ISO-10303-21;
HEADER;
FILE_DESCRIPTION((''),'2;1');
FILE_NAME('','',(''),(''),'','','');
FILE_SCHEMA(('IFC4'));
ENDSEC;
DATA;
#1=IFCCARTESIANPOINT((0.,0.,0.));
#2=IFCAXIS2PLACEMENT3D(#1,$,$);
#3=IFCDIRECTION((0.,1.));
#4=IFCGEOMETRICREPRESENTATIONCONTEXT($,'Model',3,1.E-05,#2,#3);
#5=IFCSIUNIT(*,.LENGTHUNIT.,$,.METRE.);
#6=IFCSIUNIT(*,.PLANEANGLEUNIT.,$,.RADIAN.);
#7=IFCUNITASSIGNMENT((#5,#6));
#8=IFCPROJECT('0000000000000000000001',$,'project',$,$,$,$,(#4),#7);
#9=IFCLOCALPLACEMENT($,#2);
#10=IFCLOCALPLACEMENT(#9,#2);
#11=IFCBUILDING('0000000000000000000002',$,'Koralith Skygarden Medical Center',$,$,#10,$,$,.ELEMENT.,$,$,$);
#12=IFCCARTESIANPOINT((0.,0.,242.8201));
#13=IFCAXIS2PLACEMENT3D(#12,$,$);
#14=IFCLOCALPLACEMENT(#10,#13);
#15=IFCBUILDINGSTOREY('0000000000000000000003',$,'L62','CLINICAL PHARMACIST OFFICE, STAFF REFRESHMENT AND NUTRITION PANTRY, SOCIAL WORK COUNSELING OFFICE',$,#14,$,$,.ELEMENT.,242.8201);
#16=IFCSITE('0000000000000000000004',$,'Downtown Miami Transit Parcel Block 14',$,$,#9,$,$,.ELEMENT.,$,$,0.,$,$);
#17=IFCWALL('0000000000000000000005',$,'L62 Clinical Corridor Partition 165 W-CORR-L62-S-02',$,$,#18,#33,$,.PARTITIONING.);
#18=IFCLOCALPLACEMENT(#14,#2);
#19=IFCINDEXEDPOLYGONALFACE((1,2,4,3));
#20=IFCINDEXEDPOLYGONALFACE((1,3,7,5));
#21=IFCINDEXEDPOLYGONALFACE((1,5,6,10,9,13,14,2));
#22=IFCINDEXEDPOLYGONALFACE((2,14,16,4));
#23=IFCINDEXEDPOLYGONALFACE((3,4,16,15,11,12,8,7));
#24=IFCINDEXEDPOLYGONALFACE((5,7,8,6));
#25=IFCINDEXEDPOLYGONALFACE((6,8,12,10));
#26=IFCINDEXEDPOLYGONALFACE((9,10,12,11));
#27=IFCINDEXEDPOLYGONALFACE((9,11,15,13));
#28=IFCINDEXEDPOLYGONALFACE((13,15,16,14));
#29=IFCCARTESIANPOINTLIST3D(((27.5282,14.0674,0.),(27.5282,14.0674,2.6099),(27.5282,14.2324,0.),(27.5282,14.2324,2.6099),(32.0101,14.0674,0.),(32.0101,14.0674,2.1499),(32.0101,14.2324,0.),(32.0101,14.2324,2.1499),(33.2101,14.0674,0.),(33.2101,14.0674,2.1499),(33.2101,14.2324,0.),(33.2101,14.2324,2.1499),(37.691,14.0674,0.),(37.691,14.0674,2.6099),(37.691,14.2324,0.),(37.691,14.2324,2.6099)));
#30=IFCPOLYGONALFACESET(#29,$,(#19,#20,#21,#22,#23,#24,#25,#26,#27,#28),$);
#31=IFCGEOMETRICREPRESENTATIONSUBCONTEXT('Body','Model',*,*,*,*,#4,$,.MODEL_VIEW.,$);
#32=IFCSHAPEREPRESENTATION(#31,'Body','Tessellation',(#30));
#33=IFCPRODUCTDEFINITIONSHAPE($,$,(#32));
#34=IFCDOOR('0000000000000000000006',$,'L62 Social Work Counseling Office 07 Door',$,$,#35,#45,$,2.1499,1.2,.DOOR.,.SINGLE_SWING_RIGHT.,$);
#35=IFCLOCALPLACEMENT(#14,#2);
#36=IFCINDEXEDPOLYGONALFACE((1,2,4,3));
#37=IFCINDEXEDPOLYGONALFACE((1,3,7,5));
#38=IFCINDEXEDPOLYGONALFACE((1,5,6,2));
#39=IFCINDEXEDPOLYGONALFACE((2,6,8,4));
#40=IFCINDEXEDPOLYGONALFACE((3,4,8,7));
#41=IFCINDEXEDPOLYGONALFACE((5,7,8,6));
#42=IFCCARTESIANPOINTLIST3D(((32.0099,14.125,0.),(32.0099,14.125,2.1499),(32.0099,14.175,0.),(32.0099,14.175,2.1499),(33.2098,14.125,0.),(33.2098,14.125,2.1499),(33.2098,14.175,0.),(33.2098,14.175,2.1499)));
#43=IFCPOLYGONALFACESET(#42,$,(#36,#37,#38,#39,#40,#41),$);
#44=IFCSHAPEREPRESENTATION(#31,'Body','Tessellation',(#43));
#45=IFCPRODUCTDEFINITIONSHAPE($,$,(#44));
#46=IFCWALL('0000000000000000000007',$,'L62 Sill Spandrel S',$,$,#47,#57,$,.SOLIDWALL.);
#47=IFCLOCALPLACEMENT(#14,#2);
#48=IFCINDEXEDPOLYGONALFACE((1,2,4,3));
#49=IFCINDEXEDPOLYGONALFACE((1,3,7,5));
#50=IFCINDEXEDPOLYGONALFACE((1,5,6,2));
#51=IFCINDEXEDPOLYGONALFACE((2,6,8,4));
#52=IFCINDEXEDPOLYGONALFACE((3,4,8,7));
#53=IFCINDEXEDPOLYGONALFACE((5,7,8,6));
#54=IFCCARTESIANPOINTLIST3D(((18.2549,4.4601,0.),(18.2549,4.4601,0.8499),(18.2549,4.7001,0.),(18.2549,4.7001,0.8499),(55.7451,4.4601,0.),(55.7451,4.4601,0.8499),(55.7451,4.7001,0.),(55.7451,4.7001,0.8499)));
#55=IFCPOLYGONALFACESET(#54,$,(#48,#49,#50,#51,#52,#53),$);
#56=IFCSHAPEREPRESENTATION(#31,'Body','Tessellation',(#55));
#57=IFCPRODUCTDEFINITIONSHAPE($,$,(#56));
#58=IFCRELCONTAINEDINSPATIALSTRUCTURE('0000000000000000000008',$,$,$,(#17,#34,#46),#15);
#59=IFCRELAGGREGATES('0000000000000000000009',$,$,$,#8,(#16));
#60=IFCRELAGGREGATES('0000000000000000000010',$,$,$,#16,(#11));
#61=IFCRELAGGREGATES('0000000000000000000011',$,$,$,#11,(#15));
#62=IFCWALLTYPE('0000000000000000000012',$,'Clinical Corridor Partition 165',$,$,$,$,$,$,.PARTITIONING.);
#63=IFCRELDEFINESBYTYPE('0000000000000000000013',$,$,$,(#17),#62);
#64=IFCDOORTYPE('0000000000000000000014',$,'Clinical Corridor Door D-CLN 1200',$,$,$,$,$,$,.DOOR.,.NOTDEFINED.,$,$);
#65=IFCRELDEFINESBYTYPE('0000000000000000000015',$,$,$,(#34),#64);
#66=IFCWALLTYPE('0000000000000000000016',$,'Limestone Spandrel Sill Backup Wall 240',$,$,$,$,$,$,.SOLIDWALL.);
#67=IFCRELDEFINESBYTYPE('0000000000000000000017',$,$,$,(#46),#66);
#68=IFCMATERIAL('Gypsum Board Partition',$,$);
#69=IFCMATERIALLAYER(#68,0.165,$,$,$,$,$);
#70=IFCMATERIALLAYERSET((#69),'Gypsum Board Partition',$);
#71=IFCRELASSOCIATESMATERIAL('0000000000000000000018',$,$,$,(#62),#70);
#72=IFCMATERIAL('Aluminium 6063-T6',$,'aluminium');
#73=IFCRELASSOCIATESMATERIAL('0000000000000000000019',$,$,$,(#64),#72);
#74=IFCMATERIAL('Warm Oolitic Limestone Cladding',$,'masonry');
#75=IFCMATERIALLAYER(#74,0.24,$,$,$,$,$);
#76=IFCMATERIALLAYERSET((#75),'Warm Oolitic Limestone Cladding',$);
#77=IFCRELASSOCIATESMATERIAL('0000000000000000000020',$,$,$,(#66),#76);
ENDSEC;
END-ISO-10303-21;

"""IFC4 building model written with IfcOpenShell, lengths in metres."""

from ifc_helpers import new_model, si_unit, direction, frame, frame_2d, origin, place, context, subcontext, project, spatial, rectangle, extrude, material, layer, layer_set, type_object, element, fill, save


model = new_model("IFC4")

# Units and contexts
model_context = context("Model", 3, precision=1e-05, world=origin(), true_north=direction((0.0, 1.0)))
body_context = subcontext(model_context, "Body", "Model", "MODEL_VIEW")
ifc_project = project(units=[si_unit("LENGTHUNIT", "METRE"), si_unit("PLANEANGLEUNIT", "RADIAN")], contexts=[model_context])

# Site, building, storey
site_placement = place(None, origin())
site = spatial("IfcSite", under=ifc_project, at=site_placement, Name="Downtown Miami Transit Parcel Block 14", CompositionType="ELEMENT", RefElevation=0.0)
building_placement = place(site_placement, origin())
building = spatial("IfcBuilding", under=site, at=building_placement, Name="Koralith Skygarden Medical Center", CompositionType="ELEMENT")
storey_placement = place(building_placement, frame((0.0, 0.0, 242.8201)))
storey = spatial("IfcBuildingStorey", under=building, at=storey_placement, Name="L62", Description="CLINICAL PHARMACIST OFFICE, STAFF REFRESHMENT AND NUTRITION PANTRY, SOCIAL WORK COUNSELING OFFICE", CompositionType="ELEMENT", Elevation=242.8201)

# Shared definitions
ifc_material_1 = material(Name="Aluminium 6063-T6", Category="aluminium")

# Shared definitions
ifc_material_2 = material(Name="Gypsum Board Partition")

# Wall, opening, door
ifc_layer_1 = layer(ifc_material_2, 0.165)
ifc_layer_set_1 = layer_set([ifc_layer_1], Name="Gypsum Board Partition")
wall_type_1 = type_object("IfcWallType", Name="Clinical Corridor Partition 165", PredefinedType="PARTITIONING", material=ifc_layer_set_1)
door_type = type_object("IfcDoorType", Name="Clinical Corridor Door D-CLN 1200", OperationType="NOTDEFINED", PredefinedType="DOOR", material=ifc_material_1)
wall_1_placement = place(storey_placement, frame((27.5281, 14.1499, 0.0), z_axis=(0.0, 0.0, 1.0), x_axis=(1.0, 0.0, 0.0)))
wall_1 = element("IfcWall", 1, at=wall_1_placement, inside=storey, type_object=wall_type_1, Name="L62 Clinical Corridor Partition 165 W-CORR-L62-S-02", PredefinedType="PARTITIONING", context=body_context, shape_type="SweptSolid", body=[
    extrude(rectangle(XDim=10.1628, YDim=0.165, at=frame_2d((5.0815, 0.0))), origin(), (0.0, 0.0, 1.0), 2.6099),
])
opening_1_placement = place(wall_1_placement, frame((4.4819, 0.0, 0.0)))
opening_1 = element("IfcOpeningElement", 2, at=opening_1_placement, cuts=wall_1, PredefinedType="OPENING", context=body_context, shape_type="SweptSolid", body=[
    extrude(rectangle(XDim=1.2, YDim=2.1499, at=frame_2d((0.6001, 1.075))), frame((0.0, 0.0925, 0.0), z_axis=(0.0, -1.0, 0.0), x_axis=(1.0, 0.0, 0.0)), (0.0, 0.0, 1.0), 0.1851),
])
door_1_placement = place(opening_1_placement, frame((1.2, 0.0, 0.0), z_axis=(0.0, 0.0, 1.0), x_axis=(-1.0, 0.0, 0.0)))
door_1 = element("IfcDoor", 3, at=door_1_placement, inside=storey, type_object=door_type, Name="L62 Social Work Counseling Office 07 Door", OperationType="SINGLE_SWING_RIGHT", OverallHeight=2.1499, OverallWidth=1.2, PredefinedType="DOOR", context=body_context, shape_type="SweptSolid", body=[
    extrude(rectangle(XDim=1.2, YDim=2.1499, at=frame_2d((0.6001, 1.075))), frame((0.0, 0.0249, 0.0), z_axis=(0.0, -1.0, 0.0), x_axis=(1.0, 0.0, 0.0)), (0.0, 0.0, 1.0), 0.05),
])
fill(opening_1, door_1)

# Wall
ifc_material_3 = material(Name="Warm Oolitic Limestone Cladding", Category="masonry")
ifc_layer_2 = layer(ifc_material_3, 0.24)
ifc_layer_set_2 = layer_set([ifc_layer_2], Name="Warm Oolitic Limestone Cladding")
wall_type_2 = type_object("IfcWallType", Name="Limestone Spandrel Sill Backup Wall 240", PredefinedType="SOLIDWALL", material=ifc_layer_set_2)
wall_2_placement = place(storey_placement, frame((18.2549, 4.5801, 0.0), z_axis=(0.0, 0.0, 1.0), x_axis=(1.0, 0.0, 0.0)))
element("IfcWall", 4, at=wall_2_placement, inside=storey, type_object=wall_type_2, Name="L62 Sill Spandrel S", PredefinedType="SOLIDWALL", context=body_context, shape_type="SweptSolid", body=[
    extrude(rectangle(XDim=37.4902, YDim=0.24, at=frame_2d((18.7451, 0.0))), origin(), (0.0, 0.0, 1.0), 0.8499),
])

save(model, "model.ifc")
